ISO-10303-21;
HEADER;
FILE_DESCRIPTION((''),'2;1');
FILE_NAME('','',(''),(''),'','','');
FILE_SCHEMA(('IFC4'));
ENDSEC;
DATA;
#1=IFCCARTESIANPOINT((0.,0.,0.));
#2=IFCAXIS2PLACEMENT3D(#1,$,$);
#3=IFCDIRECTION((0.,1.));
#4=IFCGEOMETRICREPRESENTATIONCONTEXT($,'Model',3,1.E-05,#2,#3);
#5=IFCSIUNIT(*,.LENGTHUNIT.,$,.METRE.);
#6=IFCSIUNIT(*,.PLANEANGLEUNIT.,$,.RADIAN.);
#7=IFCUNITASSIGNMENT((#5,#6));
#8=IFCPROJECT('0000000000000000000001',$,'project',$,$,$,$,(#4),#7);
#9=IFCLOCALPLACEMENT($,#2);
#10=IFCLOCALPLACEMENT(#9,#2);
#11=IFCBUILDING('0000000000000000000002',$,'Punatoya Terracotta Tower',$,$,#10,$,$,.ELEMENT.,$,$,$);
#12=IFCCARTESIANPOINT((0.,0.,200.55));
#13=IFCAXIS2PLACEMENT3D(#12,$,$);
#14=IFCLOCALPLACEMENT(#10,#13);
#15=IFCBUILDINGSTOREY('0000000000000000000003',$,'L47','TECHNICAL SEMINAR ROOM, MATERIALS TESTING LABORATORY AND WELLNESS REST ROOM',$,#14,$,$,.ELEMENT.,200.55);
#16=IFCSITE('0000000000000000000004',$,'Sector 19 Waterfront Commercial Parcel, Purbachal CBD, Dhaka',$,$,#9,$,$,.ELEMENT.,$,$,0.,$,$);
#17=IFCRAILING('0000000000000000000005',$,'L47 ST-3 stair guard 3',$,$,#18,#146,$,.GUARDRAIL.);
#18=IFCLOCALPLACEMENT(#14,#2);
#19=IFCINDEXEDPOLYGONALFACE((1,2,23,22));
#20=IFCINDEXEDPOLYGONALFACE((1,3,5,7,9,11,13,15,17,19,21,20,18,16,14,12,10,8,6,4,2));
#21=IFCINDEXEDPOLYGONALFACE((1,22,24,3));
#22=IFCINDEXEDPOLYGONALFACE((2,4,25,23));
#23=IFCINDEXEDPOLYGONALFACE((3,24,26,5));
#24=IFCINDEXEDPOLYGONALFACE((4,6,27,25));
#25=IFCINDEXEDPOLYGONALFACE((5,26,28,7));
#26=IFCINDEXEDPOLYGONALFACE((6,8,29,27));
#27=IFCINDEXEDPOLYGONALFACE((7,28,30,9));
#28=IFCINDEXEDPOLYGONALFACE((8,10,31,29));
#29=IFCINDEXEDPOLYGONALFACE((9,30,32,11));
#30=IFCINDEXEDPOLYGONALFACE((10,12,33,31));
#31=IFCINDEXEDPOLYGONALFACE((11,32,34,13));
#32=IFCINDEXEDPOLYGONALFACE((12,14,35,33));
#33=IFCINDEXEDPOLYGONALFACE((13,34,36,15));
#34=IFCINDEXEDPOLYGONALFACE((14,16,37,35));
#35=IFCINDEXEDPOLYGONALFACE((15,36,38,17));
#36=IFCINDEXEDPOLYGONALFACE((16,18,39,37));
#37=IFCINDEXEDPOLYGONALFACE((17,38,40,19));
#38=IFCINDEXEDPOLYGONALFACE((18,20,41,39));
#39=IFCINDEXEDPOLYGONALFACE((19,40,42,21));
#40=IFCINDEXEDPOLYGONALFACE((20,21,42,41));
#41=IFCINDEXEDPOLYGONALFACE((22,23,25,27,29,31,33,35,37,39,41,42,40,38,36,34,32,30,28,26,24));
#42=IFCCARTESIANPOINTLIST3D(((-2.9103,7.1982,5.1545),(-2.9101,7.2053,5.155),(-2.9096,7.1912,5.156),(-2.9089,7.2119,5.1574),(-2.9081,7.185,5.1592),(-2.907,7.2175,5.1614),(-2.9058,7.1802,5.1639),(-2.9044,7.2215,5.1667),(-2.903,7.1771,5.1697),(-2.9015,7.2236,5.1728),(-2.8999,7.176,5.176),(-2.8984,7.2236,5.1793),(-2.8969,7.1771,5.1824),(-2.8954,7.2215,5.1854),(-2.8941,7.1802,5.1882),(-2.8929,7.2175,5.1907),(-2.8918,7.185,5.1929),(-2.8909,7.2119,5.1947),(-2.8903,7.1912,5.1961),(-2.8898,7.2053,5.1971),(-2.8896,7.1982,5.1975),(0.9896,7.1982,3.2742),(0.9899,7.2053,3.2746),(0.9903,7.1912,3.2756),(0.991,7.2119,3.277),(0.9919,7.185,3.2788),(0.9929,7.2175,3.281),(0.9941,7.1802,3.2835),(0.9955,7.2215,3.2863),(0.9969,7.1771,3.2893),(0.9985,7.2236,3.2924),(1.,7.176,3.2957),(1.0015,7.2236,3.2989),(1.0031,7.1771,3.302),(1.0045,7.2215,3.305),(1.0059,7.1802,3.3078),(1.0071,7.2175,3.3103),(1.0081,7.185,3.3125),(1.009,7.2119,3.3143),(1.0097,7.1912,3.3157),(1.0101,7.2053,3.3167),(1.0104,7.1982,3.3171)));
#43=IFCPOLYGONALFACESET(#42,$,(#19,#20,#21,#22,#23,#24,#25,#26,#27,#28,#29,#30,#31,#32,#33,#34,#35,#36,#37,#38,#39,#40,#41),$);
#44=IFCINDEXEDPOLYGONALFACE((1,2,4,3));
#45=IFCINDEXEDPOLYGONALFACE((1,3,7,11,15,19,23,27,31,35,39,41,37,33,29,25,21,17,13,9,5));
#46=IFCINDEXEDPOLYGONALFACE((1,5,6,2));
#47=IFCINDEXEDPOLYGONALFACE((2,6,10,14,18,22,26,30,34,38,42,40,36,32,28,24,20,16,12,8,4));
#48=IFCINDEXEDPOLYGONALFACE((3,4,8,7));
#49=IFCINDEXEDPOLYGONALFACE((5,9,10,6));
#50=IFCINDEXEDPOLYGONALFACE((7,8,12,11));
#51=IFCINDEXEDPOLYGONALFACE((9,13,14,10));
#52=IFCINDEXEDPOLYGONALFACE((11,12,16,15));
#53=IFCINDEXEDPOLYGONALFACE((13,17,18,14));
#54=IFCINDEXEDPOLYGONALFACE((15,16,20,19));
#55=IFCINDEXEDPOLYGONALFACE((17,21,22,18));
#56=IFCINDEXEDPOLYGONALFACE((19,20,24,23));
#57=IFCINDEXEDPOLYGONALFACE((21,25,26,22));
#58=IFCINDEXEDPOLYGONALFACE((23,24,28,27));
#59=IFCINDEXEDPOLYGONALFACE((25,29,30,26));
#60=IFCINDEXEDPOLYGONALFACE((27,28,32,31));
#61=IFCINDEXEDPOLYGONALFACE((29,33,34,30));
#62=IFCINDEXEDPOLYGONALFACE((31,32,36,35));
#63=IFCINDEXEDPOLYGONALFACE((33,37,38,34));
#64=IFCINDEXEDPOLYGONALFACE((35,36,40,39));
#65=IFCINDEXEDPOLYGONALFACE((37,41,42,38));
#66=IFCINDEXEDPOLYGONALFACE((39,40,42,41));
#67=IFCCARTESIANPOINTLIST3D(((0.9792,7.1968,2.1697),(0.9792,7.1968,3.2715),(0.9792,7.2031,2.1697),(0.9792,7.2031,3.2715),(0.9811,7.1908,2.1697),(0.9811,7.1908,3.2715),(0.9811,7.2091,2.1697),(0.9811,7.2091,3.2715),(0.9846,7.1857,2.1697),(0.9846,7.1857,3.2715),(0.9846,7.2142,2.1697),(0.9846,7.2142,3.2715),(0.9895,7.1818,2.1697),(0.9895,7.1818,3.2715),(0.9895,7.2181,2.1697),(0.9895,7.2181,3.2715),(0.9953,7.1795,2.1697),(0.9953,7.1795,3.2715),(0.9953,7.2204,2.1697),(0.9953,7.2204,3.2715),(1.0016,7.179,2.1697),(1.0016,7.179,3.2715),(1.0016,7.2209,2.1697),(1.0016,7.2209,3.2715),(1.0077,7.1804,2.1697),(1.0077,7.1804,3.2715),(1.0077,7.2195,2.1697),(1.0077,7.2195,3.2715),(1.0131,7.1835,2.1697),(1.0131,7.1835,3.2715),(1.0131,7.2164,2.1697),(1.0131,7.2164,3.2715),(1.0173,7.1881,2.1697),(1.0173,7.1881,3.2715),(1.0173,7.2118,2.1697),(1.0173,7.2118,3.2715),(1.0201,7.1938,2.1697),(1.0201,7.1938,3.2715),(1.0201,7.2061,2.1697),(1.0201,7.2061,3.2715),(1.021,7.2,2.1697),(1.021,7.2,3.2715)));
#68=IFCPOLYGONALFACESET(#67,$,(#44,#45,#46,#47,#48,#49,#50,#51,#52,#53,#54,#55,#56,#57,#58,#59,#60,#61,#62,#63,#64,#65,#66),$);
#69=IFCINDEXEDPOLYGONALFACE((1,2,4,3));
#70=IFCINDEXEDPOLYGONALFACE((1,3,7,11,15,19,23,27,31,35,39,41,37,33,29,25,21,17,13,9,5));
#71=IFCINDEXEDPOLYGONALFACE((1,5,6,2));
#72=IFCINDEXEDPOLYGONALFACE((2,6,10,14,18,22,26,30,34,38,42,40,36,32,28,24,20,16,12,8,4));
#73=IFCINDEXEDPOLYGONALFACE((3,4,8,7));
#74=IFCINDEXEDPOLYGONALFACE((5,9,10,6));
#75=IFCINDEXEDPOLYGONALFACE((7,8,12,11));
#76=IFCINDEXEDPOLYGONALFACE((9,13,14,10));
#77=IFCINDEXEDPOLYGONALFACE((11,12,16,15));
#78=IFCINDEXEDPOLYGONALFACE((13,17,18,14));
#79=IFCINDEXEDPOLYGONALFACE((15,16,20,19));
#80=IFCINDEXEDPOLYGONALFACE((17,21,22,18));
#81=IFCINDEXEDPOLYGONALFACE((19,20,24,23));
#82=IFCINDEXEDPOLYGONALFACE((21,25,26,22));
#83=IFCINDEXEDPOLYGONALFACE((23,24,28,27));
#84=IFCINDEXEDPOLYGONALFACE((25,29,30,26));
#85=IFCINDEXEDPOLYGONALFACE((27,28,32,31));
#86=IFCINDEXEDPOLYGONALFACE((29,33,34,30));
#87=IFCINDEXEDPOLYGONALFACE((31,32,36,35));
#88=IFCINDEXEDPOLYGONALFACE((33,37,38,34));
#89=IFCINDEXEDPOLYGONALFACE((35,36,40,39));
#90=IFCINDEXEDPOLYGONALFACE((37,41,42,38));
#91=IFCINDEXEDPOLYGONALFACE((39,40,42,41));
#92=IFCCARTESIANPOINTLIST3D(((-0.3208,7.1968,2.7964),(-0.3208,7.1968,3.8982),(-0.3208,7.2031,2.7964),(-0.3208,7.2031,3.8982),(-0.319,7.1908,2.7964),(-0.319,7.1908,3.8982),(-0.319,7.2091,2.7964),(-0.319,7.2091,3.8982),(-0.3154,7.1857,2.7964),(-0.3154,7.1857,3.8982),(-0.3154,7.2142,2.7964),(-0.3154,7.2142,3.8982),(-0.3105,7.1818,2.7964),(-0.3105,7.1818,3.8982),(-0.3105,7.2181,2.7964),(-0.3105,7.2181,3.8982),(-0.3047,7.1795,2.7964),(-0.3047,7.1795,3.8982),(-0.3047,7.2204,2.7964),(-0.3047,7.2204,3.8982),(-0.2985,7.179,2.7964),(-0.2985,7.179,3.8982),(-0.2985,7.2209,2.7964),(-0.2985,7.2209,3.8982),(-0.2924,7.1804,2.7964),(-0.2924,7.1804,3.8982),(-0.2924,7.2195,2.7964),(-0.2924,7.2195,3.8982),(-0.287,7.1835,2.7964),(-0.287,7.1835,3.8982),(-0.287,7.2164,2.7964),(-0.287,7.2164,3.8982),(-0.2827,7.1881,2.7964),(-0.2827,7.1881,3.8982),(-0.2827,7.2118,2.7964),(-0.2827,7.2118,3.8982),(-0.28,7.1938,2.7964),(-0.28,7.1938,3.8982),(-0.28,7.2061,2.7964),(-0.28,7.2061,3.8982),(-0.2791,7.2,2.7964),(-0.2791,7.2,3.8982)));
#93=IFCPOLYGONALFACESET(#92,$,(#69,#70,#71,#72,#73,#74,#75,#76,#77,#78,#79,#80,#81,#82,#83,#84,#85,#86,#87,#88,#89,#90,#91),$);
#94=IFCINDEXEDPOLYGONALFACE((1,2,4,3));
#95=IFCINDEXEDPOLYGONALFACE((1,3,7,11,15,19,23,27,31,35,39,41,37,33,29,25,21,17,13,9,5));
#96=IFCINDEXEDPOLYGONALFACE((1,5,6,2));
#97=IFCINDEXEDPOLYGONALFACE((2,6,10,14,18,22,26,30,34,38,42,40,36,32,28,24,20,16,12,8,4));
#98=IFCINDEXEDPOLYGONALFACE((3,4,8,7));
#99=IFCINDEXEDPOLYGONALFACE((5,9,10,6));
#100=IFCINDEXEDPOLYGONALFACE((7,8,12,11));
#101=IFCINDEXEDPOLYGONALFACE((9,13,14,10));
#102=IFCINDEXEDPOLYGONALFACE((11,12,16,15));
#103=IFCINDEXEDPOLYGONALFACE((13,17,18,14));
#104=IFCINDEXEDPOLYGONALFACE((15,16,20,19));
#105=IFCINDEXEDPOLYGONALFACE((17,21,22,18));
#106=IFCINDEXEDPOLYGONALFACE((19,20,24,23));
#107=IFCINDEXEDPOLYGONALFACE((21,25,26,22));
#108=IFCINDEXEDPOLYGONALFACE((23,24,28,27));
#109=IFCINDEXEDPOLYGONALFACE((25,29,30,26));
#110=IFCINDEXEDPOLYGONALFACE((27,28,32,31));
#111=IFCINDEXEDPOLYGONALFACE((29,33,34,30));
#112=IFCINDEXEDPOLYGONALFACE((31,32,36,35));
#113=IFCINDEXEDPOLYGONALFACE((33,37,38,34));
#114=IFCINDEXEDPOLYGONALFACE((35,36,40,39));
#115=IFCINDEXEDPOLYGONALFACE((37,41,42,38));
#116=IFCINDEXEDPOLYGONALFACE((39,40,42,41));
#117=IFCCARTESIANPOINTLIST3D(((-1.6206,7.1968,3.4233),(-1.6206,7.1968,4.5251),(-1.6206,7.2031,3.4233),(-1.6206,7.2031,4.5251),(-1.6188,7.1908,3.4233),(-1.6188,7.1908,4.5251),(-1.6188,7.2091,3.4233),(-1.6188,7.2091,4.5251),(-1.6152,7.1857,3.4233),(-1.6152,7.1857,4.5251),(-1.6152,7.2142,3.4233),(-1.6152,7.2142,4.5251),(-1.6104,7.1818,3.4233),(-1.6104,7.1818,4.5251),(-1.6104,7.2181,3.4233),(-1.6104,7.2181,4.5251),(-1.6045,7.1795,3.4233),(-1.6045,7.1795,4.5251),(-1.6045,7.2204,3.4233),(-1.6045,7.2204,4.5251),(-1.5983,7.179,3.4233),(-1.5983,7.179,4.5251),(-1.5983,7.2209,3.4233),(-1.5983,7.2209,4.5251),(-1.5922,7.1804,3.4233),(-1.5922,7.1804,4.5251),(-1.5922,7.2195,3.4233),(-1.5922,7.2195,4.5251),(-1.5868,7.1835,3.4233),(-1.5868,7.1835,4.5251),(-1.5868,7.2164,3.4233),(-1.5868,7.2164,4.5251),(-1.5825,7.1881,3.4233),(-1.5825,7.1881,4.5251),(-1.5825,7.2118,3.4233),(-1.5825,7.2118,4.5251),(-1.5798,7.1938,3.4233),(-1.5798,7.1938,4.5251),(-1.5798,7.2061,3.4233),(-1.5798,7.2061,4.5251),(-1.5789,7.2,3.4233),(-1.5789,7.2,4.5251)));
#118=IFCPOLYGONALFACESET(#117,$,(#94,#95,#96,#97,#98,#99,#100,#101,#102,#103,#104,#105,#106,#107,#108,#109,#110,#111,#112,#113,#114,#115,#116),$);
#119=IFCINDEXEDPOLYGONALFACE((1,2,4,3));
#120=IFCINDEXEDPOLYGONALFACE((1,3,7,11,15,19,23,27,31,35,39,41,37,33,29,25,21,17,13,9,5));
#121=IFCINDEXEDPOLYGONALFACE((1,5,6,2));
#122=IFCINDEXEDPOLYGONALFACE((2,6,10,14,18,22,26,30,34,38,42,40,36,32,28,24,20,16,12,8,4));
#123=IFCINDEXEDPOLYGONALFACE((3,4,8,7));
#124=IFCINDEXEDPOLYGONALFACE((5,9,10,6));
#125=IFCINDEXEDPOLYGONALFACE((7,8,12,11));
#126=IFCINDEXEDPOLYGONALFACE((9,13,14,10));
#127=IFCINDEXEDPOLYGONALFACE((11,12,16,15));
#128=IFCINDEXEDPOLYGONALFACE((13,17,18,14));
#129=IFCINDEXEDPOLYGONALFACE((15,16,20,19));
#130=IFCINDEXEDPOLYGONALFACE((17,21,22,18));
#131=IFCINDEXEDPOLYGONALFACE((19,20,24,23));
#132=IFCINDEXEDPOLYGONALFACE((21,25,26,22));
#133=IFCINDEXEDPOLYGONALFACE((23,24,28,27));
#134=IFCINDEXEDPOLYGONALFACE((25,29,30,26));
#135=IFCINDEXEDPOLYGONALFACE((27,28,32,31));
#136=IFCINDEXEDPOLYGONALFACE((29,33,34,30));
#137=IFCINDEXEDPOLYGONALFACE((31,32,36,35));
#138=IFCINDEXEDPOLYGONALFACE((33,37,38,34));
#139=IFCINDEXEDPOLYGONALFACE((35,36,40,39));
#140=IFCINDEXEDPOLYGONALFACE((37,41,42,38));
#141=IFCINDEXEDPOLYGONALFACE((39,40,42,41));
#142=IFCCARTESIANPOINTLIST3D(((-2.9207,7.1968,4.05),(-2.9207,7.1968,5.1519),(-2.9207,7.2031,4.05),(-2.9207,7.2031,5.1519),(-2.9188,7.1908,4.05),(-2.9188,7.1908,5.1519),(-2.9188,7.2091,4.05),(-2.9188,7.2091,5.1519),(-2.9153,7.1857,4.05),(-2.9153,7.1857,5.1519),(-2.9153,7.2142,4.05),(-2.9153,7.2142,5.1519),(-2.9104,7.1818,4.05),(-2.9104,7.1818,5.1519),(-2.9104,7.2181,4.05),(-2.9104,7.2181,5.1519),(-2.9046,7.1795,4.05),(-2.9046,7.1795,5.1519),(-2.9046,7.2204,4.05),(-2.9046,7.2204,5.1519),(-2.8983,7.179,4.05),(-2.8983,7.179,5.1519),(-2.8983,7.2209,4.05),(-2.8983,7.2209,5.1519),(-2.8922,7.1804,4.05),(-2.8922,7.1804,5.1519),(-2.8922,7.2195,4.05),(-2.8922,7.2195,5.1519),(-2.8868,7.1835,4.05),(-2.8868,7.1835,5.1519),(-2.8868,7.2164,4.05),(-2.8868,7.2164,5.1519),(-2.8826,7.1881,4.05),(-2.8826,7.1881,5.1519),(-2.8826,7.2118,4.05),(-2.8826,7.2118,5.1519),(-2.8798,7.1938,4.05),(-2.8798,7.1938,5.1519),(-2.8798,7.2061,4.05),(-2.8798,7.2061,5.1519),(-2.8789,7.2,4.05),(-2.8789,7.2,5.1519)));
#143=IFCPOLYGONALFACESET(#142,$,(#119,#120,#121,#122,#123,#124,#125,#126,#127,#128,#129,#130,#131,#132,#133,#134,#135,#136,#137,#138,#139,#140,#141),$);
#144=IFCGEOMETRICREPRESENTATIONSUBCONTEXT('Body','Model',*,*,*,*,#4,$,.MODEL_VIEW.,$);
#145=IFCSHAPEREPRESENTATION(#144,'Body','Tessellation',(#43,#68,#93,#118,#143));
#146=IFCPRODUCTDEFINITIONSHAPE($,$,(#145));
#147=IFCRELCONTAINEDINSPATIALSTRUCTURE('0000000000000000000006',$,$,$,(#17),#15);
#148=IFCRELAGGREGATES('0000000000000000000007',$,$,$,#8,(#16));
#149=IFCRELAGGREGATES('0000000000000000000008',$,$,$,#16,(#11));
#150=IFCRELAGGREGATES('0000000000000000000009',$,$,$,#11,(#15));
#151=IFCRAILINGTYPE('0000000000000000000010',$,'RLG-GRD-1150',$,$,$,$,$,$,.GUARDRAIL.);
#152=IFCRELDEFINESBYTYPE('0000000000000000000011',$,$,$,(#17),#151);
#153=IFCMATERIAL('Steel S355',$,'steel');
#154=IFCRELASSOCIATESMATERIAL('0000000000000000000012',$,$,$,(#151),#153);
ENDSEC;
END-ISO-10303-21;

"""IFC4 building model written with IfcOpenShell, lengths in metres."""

from ifc_helpers import new_model, si_unit, direction, frame, origin, origin_2d, place, context, subcontext, project, spatial, circle, extrude, material, type_object, element, save


model = new_model("IFC4")

# Units and contexts
model_context = context("Model", 3, precision=1e-05, world=origin(), true_north=direction((0.0, 1.0)))
body_context = subcontext(model_context, "Body", "Model", "MODEL_VIEW")
ifc_project = project(units=[si_unit("LENGTHUNIT", "METRE"), si_unit("PLANEANGLEUNIT", "RADIAN")], contexts=[model_context])

# Site, building, storey
site_placement = place(None, origin())
site = spatial("IfcSite", under=ifc_project, at=site_placement, Name="Sector 19 Waterfront Commercial Parcel, Purbachal CBD, Dhaka", CompositionType="ELEMENT", RefElevation=0.0)
building_placement = place(site_placement, origin())
building = spatial("IfcBuilding", under=site, at=building_placement, Name="Punatoya Terracotta Tower", CompositionType="ELEMENT")
storey_placement = place(building_placement, frame((0.0, 0.0, 200.55)))
storey = spatial("IfcBuildingStorey", under=building, at=storey_placement, Name="L47", Description="TECHNICAL SEMINAR ROOM, MATERIALS TESTING LABORATORY AND WELLNESS REST ROOM", CompositionType="ELEMENT", Elevation=200.55)

# Shared definitions
ifc_material_1 = material(Name="Steel S355", Category="steel")

# Railing
railing_type_1 = type_object("IfcRailingType", Name="RLG-GRD-1150", PredefinedType="GUARDRAIL", material=ifc_material_1)
railing_1_placement = place(storey_placement, frame((1.0, 7.2, 2.1697)))
element("IfcRailing", 1, at=railing_1_placement, inside=storey, type_object=railing_type_1, Name="L47 ST-3 stair guard 3", PredefinedType="GUARDRAIL", context=body_context, shape_type="SweptSolid", body=[
    extrude(circle(Radius=0.0239, at=origin_2d()), frame((0.0, 0.0, 1.126), z_axis=(-0.900763, 0.0, 0.434311), x_axis=(0.0, -1.0, 0.0)), (0.0, 0.0, 1.0), 4.3296),
    extrude(circle(Radius=0.021, at=origin_2d()), origin(), (0.0, 0.0, 1.0), 1.1018),
    extrude(circle(Radius=0.021, at=origin_2d()), frame((-1.3, 0.0, 0.6267)), (0.0, 0.0, 1.0), 1.1018),
    extrude(circle(Radius=0.021, at=origin_2d()), frame((-2.5999, 0.0, 1.2537)), (0.0, 0.0, 1.0), 1.1018),
    extrude(circle(Radius=0.021, at=origin_2d()), frame((-3.8999, 0.0, 1.8804)), (0.0, 0.0, 1.0), 1.1018),
])

save(model, "model.ifc")
